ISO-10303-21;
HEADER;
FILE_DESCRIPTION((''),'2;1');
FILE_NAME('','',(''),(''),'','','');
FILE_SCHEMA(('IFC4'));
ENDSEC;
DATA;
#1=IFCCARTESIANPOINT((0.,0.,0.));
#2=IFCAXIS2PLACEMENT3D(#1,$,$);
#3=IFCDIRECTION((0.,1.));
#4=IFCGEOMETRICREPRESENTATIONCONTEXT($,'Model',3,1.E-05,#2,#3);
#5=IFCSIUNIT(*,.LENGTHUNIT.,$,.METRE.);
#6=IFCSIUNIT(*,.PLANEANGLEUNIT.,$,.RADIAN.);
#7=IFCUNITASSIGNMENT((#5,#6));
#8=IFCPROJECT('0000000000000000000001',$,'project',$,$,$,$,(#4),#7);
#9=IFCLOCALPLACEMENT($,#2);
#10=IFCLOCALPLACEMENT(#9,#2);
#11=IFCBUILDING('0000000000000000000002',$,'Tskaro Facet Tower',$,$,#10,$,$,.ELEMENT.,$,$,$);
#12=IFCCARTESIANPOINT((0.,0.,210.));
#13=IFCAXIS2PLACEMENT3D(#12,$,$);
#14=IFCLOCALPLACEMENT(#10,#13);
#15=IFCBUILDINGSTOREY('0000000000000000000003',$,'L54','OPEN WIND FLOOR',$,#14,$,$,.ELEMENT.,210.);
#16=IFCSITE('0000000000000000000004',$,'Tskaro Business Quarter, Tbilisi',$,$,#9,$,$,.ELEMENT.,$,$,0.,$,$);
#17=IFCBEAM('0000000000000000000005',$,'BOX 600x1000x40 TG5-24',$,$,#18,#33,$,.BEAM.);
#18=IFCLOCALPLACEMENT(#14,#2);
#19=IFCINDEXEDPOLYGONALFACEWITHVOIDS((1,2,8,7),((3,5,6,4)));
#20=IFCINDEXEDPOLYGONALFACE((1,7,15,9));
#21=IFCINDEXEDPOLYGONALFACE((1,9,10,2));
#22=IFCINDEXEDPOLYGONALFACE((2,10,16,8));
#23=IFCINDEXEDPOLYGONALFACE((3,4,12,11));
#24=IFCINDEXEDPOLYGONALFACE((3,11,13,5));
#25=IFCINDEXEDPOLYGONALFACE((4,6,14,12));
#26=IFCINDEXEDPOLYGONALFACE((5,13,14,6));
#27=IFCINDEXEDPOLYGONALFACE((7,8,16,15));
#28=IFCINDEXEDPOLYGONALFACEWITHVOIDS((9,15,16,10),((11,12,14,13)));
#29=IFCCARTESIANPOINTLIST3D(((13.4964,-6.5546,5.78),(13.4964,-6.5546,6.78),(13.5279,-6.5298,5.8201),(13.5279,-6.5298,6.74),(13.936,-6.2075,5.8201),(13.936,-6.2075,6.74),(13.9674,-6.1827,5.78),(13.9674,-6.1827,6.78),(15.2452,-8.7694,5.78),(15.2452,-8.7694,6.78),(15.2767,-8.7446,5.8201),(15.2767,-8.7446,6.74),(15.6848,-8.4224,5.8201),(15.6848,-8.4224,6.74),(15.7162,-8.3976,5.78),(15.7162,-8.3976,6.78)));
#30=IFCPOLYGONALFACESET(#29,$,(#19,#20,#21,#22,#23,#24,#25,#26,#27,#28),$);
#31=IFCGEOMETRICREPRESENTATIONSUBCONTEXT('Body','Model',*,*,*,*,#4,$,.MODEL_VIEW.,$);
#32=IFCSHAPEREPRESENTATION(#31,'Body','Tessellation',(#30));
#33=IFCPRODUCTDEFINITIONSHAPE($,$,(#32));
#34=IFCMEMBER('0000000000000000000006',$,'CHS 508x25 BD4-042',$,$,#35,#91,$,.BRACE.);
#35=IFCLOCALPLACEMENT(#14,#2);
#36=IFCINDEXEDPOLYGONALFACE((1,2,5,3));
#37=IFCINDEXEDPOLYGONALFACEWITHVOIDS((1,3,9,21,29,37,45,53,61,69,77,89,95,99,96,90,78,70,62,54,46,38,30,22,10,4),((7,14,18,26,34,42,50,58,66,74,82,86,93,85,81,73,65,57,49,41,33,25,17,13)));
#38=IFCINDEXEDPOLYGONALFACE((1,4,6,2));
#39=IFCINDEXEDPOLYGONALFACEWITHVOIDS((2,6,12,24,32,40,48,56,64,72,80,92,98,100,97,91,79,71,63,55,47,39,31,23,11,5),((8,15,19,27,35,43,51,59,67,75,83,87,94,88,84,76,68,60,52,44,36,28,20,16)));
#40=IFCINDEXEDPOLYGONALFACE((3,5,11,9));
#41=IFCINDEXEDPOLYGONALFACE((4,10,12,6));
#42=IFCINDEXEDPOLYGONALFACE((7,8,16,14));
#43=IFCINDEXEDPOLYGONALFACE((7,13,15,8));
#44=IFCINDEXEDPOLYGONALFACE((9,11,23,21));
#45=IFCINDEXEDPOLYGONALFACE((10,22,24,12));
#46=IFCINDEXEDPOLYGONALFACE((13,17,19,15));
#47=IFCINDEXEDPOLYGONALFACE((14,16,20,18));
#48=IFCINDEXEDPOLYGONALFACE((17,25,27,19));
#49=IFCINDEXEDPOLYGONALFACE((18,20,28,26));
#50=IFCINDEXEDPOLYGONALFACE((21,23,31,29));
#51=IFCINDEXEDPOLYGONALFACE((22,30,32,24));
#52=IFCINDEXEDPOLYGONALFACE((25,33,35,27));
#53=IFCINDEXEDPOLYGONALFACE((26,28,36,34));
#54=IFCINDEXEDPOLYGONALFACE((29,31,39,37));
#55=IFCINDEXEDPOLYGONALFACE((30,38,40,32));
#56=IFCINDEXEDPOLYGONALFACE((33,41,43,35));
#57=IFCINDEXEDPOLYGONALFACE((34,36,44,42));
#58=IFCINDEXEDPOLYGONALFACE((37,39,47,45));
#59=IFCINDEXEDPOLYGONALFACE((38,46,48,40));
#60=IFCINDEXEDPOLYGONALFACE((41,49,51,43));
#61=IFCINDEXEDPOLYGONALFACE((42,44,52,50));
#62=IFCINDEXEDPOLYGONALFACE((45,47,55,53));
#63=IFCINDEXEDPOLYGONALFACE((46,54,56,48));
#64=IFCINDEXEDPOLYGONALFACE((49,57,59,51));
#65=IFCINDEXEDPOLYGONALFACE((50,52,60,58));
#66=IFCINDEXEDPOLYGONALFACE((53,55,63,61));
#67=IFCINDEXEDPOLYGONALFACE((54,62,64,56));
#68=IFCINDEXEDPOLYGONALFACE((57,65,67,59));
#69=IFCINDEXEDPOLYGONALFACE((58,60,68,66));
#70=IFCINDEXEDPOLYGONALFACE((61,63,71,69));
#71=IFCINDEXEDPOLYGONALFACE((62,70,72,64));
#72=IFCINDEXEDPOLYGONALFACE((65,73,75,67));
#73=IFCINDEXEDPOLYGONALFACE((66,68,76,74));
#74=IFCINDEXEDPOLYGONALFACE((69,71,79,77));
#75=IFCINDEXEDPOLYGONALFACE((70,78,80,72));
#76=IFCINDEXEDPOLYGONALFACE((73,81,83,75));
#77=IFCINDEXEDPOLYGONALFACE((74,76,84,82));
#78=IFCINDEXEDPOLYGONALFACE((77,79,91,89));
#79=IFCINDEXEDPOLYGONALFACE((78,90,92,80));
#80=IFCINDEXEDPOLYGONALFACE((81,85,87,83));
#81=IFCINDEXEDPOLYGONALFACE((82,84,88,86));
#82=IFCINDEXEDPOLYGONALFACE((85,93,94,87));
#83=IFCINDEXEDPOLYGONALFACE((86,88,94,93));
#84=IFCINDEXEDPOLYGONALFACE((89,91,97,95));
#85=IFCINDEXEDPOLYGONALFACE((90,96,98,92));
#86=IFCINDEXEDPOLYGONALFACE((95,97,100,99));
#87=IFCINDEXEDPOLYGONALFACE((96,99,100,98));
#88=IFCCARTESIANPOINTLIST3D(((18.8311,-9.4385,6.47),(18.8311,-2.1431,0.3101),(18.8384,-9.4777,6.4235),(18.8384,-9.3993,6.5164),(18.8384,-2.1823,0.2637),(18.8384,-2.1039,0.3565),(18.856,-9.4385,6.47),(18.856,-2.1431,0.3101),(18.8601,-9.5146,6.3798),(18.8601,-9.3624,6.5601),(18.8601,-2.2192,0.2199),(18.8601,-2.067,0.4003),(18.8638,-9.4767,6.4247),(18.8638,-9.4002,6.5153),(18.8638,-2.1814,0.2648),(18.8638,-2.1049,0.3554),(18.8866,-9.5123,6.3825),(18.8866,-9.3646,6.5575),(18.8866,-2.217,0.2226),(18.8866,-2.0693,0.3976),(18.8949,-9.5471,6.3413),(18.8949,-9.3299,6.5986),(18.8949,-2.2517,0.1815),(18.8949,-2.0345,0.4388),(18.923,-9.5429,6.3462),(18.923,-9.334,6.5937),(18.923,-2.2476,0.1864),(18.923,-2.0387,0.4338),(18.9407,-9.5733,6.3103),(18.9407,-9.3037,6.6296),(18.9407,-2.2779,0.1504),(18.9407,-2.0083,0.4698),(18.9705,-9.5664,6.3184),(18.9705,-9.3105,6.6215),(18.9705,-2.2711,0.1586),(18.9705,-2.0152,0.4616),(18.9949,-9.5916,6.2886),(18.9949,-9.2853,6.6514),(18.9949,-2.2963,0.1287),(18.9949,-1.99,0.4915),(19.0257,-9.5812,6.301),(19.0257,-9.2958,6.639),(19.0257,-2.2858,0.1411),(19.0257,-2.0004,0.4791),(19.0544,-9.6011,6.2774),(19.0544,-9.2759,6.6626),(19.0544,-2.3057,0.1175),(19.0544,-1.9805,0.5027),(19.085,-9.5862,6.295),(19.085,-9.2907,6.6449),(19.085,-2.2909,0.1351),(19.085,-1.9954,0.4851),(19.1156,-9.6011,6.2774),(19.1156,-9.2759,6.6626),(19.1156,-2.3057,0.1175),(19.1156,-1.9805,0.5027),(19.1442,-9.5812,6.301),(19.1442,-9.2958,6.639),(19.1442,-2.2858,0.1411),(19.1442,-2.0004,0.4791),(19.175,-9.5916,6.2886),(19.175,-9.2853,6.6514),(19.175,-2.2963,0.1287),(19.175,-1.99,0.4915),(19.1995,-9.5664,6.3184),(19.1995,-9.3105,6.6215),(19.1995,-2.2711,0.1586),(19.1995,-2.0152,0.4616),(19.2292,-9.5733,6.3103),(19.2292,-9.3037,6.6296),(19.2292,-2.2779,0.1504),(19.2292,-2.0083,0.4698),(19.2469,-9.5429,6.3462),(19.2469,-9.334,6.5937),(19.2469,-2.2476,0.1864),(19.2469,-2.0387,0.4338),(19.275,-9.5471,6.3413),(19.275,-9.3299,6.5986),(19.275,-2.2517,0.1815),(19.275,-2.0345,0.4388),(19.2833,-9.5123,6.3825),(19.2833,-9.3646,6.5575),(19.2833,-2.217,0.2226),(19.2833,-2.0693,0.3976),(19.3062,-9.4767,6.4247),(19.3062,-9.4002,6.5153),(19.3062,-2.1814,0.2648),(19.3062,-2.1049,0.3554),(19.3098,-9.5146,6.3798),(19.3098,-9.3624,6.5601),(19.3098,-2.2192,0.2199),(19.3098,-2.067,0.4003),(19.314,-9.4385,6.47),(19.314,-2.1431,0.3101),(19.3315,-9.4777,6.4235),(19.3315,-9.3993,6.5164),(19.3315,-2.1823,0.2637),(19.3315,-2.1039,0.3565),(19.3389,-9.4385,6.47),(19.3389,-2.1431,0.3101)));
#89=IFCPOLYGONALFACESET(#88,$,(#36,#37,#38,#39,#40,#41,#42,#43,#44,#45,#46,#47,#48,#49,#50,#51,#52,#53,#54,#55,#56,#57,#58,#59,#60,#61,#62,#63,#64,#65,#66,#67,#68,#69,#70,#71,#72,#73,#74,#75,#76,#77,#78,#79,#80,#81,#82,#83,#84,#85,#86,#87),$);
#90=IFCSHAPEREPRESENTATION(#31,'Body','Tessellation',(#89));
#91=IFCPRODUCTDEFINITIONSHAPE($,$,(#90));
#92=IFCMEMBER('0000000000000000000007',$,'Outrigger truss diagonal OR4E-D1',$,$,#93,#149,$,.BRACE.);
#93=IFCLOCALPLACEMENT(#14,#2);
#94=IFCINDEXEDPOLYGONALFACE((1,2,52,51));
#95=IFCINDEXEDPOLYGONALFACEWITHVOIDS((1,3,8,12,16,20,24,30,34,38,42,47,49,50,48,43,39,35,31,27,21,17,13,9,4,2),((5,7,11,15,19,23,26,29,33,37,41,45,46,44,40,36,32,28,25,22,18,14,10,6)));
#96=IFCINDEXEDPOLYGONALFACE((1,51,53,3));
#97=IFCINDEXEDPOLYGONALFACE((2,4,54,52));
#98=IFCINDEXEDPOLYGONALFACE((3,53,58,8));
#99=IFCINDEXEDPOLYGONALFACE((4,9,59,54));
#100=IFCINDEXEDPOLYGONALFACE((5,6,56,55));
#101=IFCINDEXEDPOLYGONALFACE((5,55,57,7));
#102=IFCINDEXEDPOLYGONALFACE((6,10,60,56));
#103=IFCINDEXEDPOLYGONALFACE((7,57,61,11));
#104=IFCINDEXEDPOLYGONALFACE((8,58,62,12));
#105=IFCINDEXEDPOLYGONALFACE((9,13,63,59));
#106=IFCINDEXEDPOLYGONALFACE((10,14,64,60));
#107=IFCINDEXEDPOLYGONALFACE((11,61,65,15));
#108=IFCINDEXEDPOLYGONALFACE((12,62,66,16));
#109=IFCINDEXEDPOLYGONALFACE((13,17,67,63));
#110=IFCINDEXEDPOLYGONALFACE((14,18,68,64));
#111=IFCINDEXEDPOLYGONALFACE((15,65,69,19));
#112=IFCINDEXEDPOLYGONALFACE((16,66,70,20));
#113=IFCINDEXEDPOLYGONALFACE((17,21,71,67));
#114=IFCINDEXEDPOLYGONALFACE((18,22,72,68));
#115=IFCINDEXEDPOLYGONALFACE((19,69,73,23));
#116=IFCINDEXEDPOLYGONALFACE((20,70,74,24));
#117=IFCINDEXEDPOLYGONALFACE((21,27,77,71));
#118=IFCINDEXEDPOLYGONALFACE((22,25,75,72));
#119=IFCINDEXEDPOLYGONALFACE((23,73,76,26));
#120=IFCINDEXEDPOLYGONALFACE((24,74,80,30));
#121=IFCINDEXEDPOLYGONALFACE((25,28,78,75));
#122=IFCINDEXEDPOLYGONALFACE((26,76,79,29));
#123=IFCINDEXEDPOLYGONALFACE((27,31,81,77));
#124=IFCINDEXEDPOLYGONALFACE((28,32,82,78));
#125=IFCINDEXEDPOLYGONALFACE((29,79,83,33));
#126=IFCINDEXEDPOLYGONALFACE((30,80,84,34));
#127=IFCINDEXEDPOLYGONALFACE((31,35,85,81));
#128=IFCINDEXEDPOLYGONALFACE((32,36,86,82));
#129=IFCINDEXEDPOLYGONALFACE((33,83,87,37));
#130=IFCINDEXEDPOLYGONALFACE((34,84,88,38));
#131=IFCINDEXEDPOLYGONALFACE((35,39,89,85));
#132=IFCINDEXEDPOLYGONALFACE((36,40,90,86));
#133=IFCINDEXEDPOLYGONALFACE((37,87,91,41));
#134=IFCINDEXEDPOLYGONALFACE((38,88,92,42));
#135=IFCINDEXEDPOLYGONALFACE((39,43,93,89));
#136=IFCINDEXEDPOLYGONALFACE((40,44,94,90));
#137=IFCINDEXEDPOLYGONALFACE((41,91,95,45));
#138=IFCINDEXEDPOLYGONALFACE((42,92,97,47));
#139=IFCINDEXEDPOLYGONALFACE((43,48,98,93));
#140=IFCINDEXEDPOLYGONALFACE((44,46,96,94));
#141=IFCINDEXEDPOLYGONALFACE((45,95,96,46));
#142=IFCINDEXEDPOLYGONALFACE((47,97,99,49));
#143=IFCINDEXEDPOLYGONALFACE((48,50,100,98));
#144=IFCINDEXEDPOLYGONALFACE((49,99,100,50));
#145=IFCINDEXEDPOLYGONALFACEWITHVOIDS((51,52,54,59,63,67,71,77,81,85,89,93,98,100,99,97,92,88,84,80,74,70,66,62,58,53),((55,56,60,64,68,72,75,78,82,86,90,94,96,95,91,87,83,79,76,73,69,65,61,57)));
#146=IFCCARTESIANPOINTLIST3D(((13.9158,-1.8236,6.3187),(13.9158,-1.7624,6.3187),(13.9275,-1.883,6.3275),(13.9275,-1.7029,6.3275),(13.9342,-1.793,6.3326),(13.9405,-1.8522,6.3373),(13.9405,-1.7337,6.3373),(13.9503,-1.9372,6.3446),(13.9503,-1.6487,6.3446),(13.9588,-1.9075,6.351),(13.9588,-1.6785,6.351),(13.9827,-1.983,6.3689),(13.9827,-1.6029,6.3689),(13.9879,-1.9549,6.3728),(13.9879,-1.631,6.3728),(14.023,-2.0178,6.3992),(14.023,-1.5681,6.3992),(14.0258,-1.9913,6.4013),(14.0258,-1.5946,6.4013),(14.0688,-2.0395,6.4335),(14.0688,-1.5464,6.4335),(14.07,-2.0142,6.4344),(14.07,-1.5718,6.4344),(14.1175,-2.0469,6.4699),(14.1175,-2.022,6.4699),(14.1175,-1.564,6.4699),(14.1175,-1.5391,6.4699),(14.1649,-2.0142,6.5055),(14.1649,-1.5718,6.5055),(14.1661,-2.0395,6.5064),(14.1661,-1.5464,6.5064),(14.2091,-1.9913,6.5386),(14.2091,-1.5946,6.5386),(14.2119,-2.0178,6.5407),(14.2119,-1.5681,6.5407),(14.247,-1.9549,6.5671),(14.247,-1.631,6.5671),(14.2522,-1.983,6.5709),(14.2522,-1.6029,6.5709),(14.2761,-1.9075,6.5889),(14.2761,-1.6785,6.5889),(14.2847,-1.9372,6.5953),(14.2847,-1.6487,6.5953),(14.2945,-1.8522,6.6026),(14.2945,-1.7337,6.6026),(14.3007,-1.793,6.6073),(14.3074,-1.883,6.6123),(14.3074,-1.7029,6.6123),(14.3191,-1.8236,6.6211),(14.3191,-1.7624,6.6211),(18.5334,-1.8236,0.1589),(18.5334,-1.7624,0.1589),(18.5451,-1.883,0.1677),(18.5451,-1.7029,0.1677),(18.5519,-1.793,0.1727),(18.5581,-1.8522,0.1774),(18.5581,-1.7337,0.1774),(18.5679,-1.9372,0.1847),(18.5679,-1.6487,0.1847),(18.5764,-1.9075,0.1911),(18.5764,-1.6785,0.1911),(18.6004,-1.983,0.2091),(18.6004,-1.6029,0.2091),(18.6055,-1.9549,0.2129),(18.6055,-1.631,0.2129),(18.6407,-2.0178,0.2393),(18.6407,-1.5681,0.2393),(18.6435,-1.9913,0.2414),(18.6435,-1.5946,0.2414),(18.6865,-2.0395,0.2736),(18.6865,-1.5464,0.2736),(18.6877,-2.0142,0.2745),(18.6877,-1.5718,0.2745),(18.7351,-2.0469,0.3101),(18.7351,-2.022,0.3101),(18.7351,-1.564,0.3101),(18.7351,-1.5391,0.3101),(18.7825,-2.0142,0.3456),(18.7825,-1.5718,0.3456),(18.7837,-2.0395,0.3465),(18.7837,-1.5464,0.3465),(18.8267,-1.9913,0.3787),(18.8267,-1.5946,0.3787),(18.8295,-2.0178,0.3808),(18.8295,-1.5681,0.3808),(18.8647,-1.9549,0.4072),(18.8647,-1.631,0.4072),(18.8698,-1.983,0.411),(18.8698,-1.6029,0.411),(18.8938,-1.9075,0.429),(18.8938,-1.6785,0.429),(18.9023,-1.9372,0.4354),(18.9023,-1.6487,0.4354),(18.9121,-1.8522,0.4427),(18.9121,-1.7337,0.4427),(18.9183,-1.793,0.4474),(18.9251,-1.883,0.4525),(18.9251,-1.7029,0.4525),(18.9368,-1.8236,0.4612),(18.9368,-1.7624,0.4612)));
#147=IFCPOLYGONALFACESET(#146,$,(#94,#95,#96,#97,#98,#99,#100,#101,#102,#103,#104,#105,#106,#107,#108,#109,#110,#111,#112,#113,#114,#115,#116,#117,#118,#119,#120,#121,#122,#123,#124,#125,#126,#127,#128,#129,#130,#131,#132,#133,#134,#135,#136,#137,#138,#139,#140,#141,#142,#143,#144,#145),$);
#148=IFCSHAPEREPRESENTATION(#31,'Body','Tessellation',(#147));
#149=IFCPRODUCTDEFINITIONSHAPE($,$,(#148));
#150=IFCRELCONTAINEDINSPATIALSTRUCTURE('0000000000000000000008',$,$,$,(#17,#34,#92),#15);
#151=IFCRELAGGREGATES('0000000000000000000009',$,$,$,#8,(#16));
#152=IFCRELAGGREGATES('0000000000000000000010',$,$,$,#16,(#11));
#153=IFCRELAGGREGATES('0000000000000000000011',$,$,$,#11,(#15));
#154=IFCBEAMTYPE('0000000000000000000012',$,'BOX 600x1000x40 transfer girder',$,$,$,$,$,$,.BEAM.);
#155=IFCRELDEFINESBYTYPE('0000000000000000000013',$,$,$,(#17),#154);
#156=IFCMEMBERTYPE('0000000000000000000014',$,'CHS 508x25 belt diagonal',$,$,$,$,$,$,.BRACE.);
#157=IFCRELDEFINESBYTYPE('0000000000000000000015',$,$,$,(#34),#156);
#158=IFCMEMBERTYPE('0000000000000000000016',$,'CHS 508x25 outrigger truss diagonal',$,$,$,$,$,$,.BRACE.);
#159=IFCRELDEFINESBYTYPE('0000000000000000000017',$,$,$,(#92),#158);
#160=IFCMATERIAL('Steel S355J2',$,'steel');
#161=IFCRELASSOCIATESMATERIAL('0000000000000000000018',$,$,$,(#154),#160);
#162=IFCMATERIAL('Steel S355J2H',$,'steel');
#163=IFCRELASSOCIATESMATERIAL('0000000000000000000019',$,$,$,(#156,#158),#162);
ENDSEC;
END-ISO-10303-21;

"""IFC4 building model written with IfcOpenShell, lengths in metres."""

from ifc_helpers import new_model, si_unit, direction, frame, origin, origin_2d, place, context, subcontext, project, spatial, hollow_rectangle, hollow_circle, extrude, material, material_profile, profile_set, type_object, element, save


model = new_model("IFC4")

# Units and contexts
model_context = context("Model", 3, precision=1e-05, world=origin(), true_north=direction((0.0, 1.0)))
body_context = subcontext(model_context, "Body", "Model", "MODEL_VIEW")
ifc_project = project(units=[si_unit("LENGTHUNIT", "METRE"), si_unit("PLANEANGLEUNIT", "RADIAN")], contexts=[model_context])

# Site, building, storey
site_placement = place(None, origin())
site = spatial("IfcSite", under=ifc_project, at=site_placement, Name="Tskaro Business Quarter, Tbilisi", CompositionType="ELEMENT", RefElevation=0.0)
building_placement = place(site_placement, origin())
building = spatial("IfcBuilding", under=site, at=building_placement, Name="Tskaro Facet Tower", CompositionType="ELEMENT")
storey_placement = place(building_placement, frame((0.0, 0.0, 210.0)))
storey = spatial("IfcBuildingStorey", under=building, at=storey_placement, Name="L54", Description="OPEN WIND FLOOR", CompositionType="ELEMENT", Elevation=210.0)

# Shared definitions
ifc_material_1 = material(Name="Steel S355J2H", Category="steel")

# Beam
ifc_material_2 = material(Name="Steel S355J2", Category="steel")
ifc_material_profile_1 = material_profile(ifc_material_2, hollow_rectangle(XDim=0.6001, YDim=1.0, WallThickness=0.04, at=origin_2d()), Name="BOX 600x1000x40")
ifc_profile_set_1 = profile_set([ifc_material_profile_1], Name="Steel S355J2")
beam_type_1 = type_object("IfcBeamType", Name="BOX 600x1000x40 transfer girder", PredefinedType="BEAM", material=ifc_profile_set_1)
beam_1_placement = place(storey_placement, frame((13.7319, -6.3687, 6.28), z_axis=(0.619692, -0.784845, 0.0), x_axis=(0.784845, 0.619692, 0.0)))
element("IfcBeam", 1, at=beam_1_placement, inside=storey, type_object=beam_type_1, Name="BOX 600x1000x40 TG5-24", PredefinedType="BEAM", context=body_context, shape_type="SweptSolid", body=[
    extrude(hollow_rectangle(XDim=0.6001, YDim=1.0, WallThickness=0.04, at=origin_2d()), origin(), (0.0, 0.0, 1.0), 2.822),
])

# Members
ifc_material_profile_2 = material_profile(ifc_material_1, hollow_circle(Radius=0.2539, WallThickness=0.0249, at=origin_2d()), Name="CHS 508x25")
ifc_profile_set_2 = profile_set([ifc_material_profile_2], Name="Steel S355J2H")
member_type_1 = type_object("IfcMemberType", Name="CHS 508x25 belt diagonal", PredefinedType="BRACE", material=ifc_profile_set_2)
member_1_placement = place(storey_placement, frame((19.085, -9.4385, 6.47), z_axis=(0.0, 0.764064, -0.645141), x_axis=(-1.0, 0.0, 0.0)))
element("IfcMember", 2, at=member_1_placement, inside=storey, type_object=member_type_1, Name="CHS 508x25 BD4-042", PredefinedType="BRACE", context=body_context, shape_type="SweptSolid", body=[
    extrude(hollow_circle(Radius=0.2539, WallThickness=0.0249, at=origin_2d()), origin(), (0.0, 0.0, 1.0), 9.5481),
])
ifc_material_profile_3 = material_profile(ifc_material_1, hollow_circle(Radius=0.2539, WallThickness=0.0249, at=origin_2d()), Name="CHS 508x25")
ifc_profile_set_3 = profile_set([ifc_material_profile_3], Name="Steel S355J2H")
member_type_2 = type_object("IfcMemberType", Name="CHS 508x25 outrigger truss diagonal", PredefinedType="BRACE", material=ifc_profile_set_3)
for number, where, z_axis, x_axis, name in (
    (3, (18.7351, -1.793, 0.3101), (-0.599812, 0.0, 0.800141), (0.0, -1.0, 0.0), "Outrigger truss diagonal OR4E-D1"),
):
    element("IfcMember", number, at=place(storey_placement, frame(where, z_axis=z_axis, x_axis=x_axis)), inside=storey, type_object=member_type_2, Name=name, PredefinedType="BRACE", context=body_context, shape_type="SweptSolid", body=[
        extrude(hollow_circle(Radius=0.2539, WallThickness=0.0249, at=origin_2d()), origin(), (0.0, 0.0, 1.0), 7.6985),
    ])

save(model, "model.ifc")
